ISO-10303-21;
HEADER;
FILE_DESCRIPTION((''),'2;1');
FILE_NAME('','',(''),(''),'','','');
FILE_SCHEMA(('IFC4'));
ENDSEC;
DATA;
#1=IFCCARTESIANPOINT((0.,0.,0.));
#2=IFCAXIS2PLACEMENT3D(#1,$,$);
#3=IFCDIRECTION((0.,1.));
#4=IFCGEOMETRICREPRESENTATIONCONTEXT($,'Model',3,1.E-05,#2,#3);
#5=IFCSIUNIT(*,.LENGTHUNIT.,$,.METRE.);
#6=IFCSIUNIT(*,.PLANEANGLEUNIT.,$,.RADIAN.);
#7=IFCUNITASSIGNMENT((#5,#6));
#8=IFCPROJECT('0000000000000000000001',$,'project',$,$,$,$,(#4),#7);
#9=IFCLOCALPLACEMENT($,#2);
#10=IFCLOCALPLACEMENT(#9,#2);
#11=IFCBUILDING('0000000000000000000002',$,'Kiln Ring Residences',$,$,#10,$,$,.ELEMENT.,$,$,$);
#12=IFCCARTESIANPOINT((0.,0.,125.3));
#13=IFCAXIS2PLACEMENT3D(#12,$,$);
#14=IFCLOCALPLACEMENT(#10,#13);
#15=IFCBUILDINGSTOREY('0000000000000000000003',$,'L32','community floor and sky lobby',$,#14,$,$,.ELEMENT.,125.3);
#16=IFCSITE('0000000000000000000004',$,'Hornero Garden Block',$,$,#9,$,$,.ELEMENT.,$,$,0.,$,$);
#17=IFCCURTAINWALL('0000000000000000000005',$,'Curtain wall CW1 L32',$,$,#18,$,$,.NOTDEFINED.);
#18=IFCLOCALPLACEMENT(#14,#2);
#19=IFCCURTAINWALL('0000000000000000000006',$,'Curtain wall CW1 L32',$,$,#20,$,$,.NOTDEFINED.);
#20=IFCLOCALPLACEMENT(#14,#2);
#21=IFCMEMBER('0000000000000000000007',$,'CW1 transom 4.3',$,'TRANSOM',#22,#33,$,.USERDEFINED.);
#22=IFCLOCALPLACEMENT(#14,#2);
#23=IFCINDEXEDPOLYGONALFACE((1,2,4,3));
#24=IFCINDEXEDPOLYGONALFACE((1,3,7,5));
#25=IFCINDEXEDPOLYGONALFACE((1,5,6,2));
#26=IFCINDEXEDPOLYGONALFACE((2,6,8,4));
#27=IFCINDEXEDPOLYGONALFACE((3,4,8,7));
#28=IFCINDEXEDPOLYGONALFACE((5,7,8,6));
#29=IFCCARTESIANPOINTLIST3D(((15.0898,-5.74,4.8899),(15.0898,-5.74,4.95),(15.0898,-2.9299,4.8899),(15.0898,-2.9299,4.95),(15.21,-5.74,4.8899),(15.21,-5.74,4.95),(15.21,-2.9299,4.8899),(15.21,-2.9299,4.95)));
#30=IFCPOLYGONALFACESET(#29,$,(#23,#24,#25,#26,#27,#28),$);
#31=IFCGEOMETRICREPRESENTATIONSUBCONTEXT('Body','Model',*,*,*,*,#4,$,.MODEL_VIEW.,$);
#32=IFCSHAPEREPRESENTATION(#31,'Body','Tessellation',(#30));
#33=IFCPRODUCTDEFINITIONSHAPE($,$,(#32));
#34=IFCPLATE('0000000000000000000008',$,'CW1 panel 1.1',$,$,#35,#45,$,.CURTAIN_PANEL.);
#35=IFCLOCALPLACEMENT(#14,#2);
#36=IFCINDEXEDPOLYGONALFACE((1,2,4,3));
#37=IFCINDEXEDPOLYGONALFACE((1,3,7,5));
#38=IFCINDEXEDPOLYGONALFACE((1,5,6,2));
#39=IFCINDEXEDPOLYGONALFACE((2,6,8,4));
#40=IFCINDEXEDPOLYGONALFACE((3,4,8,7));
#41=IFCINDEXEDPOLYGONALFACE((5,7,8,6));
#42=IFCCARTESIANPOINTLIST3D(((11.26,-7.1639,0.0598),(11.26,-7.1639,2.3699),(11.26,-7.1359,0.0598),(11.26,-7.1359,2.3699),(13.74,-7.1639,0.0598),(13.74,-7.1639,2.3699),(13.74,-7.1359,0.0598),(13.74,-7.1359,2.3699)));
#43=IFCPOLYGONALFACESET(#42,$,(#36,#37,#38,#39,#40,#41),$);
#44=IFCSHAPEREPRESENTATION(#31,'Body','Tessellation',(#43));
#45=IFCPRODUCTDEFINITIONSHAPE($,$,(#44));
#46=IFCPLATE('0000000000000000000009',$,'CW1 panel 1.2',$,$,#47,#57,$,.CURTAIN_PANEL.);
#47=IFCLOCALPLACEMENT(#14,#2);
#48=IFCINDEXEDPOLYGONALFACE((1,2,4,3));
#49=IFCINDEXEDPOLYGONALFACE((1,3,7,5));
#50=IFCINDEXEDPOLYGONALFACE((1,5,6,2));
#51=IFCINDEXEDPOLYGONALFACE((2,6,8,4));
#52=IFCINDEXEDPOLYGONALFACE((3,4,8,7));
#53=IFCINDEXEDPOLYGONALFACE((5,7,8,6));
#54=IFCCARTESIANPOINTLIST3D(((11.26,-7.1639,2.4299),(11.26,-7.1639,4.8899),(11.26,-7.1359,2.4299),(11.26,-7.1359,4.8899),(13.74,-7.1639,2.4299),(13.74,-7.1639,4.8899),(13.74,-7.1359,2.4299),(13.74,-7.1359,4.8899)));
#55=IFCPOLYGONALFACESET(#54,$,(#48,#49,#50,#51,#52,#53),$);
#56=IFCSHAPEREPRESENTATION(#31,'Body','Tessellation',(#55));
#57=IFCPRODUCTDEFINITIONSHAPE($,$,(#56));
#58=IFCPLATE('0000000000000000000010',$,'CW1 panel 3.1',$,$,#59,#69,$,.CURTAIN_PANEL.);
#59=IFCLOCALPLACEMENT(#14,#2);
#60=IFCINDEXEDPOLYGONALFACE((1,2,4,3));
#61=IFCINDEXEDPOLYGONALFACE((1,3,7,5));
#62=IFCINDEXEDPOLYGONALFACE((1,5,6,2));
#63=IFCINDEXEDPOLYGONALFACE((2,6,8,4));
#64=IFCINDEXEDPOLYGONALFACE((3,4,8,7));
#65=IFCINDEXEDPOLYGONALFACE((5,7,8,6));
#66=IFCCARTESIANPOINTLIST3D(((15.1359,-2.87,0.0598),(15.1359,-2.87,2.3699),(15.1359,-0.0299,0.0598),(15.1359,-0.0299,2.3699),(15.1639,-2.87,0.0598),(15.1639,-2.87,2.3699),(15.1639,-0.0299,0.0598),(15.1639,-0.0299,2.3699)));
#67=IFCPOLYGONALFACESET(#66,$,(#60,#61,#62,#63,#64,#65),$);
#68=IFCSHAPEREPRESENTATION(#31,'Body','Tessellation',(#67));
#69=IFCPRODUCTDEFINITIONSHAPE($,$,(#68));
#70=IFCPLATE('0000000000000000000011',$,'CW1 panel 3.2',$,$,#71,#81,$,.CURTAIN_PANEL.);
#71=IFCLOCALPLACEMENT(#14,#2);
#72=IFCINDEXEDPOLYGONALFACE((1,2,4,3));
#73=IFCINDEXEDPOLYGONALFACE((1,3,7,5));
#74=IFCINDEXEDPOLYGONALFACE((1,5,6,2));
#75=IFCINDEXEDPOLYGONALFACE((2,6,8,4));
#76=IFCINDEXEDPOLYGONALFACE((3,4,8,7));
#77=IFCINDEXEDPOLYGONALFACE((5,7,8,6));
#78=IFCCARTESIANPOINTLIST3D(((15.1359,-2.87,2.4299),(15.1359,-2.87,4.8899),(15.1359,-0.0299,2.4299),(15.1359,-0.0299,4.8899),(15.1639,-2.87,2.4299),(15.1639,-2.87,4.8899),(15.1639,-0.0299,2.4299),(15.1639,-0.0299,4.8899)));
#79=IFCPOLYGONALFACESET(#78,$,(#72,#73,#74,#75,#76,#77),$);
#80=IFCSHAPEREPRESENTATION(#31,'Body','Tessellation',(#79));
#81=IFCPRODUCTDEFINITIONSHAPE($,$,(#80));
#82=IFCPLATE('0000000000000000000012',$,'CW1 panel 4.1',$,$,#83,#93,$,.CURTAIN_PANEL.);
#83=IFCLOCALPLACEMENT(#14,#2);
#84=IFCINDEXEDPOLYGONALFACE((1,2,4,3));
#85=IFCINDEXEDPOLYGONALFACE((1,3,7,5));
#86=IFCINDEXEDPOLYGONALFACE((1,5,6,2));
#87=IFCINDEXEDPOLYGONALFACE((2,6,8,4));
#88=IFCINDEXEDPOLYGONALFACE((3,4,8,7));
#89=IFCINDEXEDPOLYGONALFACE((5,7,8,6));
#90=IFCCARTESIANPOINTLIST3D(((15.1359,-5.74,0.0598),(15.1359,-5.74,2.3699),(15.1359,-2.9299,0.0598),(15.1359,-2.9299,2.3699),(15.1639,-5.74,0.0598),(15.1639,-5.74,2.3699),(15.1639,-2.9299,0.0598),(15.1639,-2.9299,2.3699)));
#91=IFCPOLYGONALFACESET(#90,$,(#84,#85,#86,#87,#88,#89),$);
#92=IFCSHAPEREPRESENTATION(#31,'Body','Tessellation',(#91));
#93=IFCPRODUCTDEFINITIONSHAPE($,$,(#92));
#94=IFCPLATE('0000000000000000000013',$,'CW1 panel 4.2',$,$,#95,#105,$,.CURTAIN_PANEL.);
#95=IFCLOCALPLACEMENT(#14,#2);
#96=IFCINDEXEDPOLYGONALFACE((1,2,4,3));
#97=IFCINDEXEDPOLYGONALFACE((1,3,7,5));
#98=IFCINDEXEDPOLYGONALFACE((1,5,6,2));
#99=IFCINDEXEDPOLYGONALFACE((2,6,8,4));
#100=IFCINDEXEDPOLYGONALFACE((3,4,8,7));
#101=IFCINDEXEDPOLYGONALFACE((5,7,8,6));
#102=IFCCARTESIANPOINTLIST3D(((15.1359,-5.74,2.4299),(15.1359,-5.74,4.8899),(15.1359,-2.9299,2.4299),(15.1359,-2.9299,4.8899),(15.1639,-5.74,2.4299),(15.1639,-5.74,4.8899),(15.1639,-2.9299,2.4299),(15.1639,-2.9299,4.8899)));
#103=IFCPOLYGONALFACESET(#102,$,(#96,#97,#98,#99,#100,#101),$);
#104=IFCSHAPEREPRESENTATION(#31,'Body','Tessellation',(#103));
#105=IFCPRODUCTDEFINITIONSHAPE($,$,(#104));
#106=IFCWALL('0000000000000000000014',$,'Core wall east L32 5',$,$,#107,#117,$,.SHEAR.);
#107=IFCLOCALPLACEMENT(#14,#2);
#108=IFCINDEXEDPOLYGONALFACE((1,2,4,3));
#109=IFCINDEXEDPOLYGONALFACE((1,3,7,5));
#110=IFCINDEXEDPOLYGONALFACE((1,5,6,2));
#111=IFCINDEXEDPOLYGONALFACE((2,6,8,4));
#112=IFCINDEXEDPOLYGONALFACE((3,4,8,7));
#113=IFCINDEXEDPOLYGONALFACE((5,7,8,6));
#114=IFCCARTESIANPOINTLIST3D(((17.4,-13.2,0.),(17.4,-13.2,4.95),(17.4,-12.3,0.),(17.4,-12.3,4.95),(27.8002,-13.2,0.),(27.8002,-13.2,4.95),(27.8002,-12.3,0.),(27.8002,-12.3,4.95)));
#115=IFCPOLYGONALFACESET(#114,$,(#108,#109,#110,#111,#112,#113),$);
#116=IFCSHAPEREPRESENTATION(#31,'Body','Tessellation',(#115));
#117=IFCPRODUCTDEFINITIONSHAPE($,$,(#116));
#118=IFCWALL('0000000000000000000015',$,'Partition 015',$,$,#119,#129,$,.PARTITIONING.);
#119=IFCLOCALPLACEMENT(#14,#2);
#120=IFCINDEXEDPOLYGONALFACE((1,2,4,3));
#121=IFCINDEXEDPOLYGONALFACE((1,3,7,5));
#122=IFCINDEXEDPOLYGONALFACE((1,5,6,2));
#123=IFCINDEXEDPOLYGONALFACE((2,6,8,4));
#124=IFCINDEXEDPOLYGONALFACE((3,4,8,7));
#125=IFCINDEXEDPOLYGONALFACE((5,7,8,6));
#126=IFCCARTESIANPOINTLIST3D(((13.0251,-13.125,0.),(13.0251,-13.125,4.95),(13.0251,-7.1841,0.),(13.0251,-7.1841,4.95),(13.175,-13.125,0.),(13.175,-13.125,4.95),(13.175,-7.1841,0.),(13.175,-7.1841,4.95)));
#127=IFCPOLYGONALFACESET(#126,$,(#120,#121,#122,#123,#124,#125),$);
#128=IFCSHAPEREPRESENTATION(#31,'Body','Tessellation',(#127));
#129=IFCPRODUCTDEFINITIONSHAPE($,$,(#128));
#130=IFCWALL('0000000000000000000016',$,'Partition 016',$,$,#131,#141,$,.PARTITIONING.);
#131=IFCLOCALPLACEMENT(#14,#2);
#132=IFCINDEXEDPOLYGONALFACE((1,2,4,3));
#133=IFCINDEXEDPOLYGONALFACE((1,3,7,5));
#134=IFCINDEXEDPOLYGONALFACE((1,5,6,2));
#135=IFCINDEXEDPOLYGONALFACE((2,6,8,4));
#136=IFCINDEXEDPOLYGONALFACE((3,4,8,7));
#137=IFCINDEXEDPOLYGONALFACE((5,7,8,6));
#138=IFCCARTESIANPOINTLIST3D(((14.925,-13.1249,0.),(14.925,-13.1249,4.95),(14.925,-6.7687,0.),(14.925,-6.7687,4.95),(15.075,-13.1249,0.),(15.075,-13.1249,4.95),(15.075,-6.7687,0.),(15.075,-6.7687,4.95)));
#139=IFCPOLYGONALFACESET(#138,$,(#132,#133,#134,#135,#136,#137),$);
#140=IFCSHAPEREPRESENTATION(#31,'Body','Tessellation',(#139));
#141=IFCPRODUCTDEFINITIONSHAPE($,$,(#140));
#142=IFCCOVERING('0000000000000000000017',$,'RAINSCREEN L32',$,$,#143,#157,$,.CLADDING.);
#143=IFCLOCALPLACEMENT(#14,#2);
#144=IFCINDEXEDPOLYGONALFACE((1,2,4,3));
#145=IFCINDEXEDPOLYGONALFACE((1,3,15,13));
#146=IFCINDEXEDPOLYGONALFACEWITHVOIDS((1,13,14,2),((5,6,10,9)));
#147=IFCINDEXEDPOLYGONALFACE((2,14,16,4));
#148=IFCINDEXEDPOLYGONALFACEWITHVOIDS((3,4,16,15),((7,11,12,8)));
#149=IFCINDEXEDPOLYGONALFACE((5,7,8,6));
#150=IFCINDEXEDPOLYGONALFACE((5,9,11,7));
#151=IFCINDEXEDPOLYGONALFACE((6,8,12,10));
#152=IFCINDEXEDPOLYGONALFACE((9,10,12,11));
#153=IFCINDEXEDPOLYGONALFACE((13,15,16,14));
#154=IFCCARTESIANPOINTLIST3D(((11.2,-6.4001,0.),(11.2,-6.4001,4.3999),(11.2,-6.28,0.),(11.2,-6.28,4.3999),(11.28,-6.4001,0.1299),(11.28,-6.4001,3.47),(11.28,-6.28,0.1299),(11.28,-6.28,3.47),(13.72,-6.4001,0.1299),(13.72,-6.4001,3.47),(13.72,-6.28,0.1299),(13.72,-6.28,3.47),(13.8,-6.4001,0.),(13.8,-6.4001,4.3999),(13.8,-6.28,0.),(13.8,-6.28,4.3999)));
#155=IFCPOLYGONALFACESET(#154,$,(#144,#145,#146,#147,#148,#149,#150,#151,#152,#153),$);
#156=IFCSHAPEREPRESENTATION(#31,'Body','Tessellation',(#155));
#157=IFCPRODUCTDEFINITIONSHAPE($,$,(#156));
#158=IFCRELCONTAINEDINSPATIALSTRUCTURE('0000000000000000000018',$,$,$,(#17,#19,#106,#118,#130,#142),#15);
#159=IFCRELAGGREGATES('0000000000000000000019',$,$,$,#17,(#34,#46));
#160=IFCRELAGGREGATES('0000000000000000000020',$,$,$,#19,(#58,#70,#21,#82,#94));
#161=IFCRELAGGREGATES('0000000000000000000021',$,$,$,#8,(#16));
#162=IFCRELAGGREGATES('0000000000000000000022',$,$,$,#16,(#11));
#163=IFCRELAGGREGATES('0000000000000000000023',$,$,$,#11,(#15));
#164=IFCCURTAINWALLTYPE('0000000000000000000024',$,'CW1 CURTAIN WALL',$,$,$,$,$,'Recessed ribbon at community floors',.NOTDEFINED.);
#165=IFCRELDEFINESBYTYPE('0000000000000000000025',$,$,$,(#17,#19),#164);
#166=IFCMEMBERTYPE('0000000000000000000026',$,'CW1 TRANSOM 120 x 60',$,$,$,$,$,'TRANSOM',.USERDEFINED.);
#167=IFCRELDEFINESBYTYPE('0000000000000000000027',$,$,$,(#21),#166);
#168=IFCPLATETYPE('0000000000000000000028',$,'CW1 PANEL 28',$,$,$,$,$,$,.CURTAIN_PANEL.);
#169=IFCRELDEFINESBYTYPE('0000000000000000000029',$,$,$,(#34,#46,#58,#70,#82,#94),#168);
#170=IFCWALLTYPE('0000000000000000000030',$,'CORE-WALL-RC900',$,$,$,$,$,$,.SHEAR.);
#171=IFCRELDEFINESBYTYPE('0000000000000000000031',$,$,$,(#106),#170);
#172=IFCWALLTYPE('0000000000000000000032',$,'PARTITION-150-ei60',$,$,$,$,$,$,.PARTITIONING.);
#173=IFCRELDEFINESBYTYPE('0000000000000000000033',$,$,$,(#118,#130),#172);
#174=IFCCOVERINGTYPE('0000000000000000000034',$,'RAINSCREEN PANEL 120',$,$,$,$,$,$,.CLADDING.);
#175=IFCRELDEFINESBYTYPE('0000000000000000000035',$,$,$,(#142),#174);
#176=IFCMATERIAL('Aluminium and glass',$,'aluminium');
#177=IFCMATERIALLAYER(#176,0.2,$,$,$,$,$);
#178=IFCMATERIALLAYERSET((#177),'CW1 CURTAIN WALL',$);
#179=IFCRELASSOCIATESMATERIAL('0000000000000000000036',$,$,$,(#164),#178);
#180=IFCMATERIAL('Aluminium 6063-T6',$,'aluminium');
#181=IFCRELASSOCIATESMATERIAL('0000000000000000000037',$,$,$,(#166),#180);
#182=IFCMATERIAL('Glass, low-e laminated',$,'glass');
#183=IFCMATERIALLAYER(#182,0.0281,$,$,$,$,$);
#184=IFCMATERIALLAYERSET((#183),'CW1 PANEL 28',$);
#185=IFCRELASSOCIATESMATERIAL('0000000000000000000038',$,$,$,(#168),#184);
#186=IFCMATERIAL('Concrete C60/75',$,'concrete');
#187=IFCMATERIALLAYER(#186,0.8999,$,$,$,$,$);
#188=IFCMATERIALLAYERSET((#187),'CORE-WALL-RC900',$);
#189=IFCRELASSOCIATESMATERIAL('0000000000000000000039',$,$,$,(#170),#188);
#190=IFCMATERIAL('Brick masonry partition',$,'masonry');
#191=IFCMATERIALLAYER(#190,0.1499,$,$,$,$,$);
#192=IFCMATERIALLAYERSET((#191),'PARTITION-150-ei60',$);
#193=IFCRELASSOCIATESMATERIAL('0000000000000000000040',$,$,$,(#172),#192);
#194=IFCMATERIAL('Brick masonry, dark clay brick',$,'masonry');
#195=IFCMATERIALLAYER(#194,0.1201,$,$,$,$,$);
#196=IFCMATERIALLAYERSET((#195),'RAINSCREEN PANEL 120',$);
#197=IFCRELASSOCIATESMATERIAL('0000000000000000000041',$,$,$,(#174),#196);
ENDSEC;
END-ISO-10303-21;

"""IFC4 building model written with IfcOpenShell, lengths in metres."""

from ifc_helpers import new_model, si_unit, direction, frame, frame_2d, origin, origin_2d, place, context, subcontext, project, spatial, polyline, rectangle, outline, extrude, material, layer, layer_set, material_profile, profile_set, type_object, element, aggregate, save


model = new_model("IFC4")

# Units and contexts
model_context = context("Model", 3, precision=1e-05, world=origin(), true_north=direction((0.0, 1.0)))
body_context = subcontext(model_context, "Body", "Model", "MODEL_VIEW")
ifc_project = project(units=[si_unit("LENGTHUNIT", "METRE"), si_unit("PLANEANGLEUNIT", "RADIAN")], contexts=[model_context])

# Site, building, storey
site_placement = place(None, origin())
site = spatial("IfcSite", under=ifc_project, at=site_placement, Name="Hornero Garden Block", CompositionType="ELEMENT", RefElevation=0.0)
building_placement = place(site_placement, origin())
building = spatial("IfcBuilding", under=site, at=building_placement, Name="Kiln Ring Residences", CompositionType="ELEMENT")
storey_placement = place(building_placement, frame((0.0, 0.0, 125.3)))
storey = spatial("IfcBuildingStorey", under=building, at=storey_placement, Name="L32", Description="community floor and sky lobby", CompositionType="ELEMENT", Elevation=125.3)

# Curtain wall
ifc_material_1 = material(Name="Aluminium and glass", Category="aluminium")
ifc_layer_1 = layer(ifc_material_1, 0.2)
ifc_layer_set_1 = layer_set([ifc_layer_1], Name="CW1 CURTAIN WALL")
curtain_wall_type = type_object("IfcCurtainWallType", Name="CW1 CURTAIN WALL", ElementType="Recessed ribbon at community floors", PredefinedType="NOTDEFINED", material=ifc_layer_set_1)
placement = place(storey_placement, origin())
curtain_wall_1 = element("IfcCurtainWall", 1, at=placement, inside=storey, type_object=curtain_wall_type, Name="Curtain wall CW1 L32", PredefinedType="NOTDEFINED")

# Curtain wall
curtain_wall_2 = element("IfcCurtainWall", 2, at=placement, inside=storey, type_object=curtain_wall_type, Name="Curtain wall CW1 L32", PredefinedType="NOTDEFINED")

# Member
ifc_material_2 = material(Name="Aluminium 6063-T6", Category="aluminium")
ifc_material_profile_1 = material_profile(ifc_material_2, rectangle(XDim=0.1201, YDim=0.0601, at=origin_2d()), Name="AL 120x60")
ifc_profile_set_1 = profile_set([ifc_material_profile_1], Name="Aluminium 6063-T6")
member_type_1 = type_object("IfcMemberType", Name="CW1 TRANSOM 120 x 60", ElementType="TRANSOM", PredefinedType="USERDEFINED", material=ifc_profile_set_1)
member_1_placement = place(storey_placement, frame((15.1499, -2.9299, 4.9199), z_axis=(0.0, -1.0, 0.0), x_axis=(1.0, 0.0, 0.0)))
member_1 = element("IfcMember", 3, at=member_1_placement, type_object=member_type_1, Name="CW1 transom 4.3", ObjectType="TRANSOM", PredefinedType="USERDEFINED", context=body_context, shape_type="SweptSolid", body=[
    extrude(rectangle(XDim=0.1201, YDim=0.0601, at=origin_2d()), origin(), (0.0, 0.0, 1.0), 2.8101),
])

# Plates
ifc_material_3 = material(Name="Glass, low-e laminated", Category="glass")
ifc_layer_2 = layer(ifc_material_3, 0.0281)
ifc_layer_set_2 = layer_set([ifc_layer_2], Name="CW1 PANEL 28")
plate_type = type_object("IfcPlateType", Name="CW1 PANEL 28", PredefinedType="CURTAIN_PANEL", material=ifc_layer_set_2)
plate_1_placement = place(storey_placement, frame((12.5, -7.1499, 0.0598), z_axis=(0.0, 0.0, 1.0), x_axis=(-1.0, 0.0, 0.0)))
plate_1 = element("IfcPlate", 4, at=plate_1_placement, type_object=plate_type, Name="CW1 panel 1.1", PredefinedType="CURTAIN_PANEL", context=body_context, shape_type="SweptSolid", body=[
    extrude(rectangle(XDim=2.48, YDim=0.0281, at=origin_2d()), origin(), (0.0, 0.0, 1.0), 2.3101),
])
plate_2_placement = place(storey_placement, frame((12.5, -7.1499, 2.4299), z_axis=(0.0, 0.0, 1.0), x_axis=(-1.0, 0.0, 0.0)))
plate_2 = element("IfcPlate", 5, at=plate_2_placement, type_object=plate_type, Name="CW1 panel 1.2", PredefinedType="CURTAIN_PANEL", context=body_context, shape_type="SweptSolid", body=[
    extrude(rectangle(XDim=2.48, YDim=0.0281, at=origin_2d()), origin(), (0.0, 0.0, 1.0), 2.46),
])
aggregate(curtain_wall_1, [plate_1, plate_2])
plate_3_placement = place(storey_placement, frame((15.1499, -1.45, 0.0598), z_axis=(0.0, 0.0, 1.0), x_axis=(0.0, -1.0, 0.0)))
plate_3 = element("IfcPlate", 6, at=plate_3_placement, type_object=plate_type, Name="CW1 panel 3.1", PredefinedType="CURTAIN_PANEL", context=body_context, shape_type="SweptSolid", body=[
    extrude(rectangle(XDim=2.8401, YDim=0.0281, at=origin_2d()), origin(), (0.0, 0.0, 1.0), 2.3101),
])
plate_4_placement = place(storey_placement, frame((15.1499, -1.45, 2.4299), z_axis=(0.0, 0.0, 1.0), x_axis=(0.0, -1.0, 0.0)))
plate_4 = element("IfcPlate", 7, at=plate_4_placement, type_object=plate_type, Name="CW1 panel 3.2", PredefinedType="CURTAIN_PANEL", context=body_context, shape_type="SweptSolid", body=[
    extrude(rectangle(XDim=2.8401, YDim=0.0281, at=origin_2d()), origin(), (0.0, 0.0, 1.0), 2.46),
])
plate_5_placement = place(storey_placement, frame((15.1499, -4.335, 0.0598), z_axis=(0.0, 0.0, 1.0), x_axis=(0.0, -1.0, 0.0)))
plate_5 = element("IfcPlate", 8, at=plate_5_placement, type_object=plate_type, Name="CW1 panel 4.1", PredefinedType="CURTAIN_PANEL", context=body_context, shape_type="SweptSolid", body=[
    extrude(rectangle(XDim=2.8101, YDim=0.0281, at=origin_2d()), origin(), (0.0, 0.0, 1.0), 2.3101),
])
plate_6_placement = place(storey_placement, frame((15.1499, -4.335, 2.4299), z_axis=(0.0, 0.0, 1.0), x_axis=(0.0, -1.0, 0.0)))
plate_6 = element("IfcPlate", 9, at=plate_6_placement, type_object=plate_type, Name="CW1 panel 4.2", PredefinedType="CURTAIN_PANEL", context=body_context, shape_type="SweptSolid", body=[
    extrude(rectangle(XDim=2.8101, YDim=0.0281, at=origin_2d()), origin(), (0.0, 0.0, 1.0), 2.46),
])
aggregate(curtain_wall_2, [plate_3, plate_4, member_1, plate_5, plate_6])

# Walls
ifc_material_4 = material(Name="Concrete C60/75", Category="concrete")
ifc_layer_3 = layer(ifc_material_4, 0.8999)
ifc_layer_set_3 = layer_set([ifc_layer_3], Name="CORE-WALL-RC900")
wall_type_1 = type_object("IfcWallType", Name="CORE-WALL-RC900", PredefinedType="SHEAR", material=ifc_layer_set_3)
wall_1_placement = place(storey_placement, frame((17.3999, -12.75, 0.0), z_axis=(0.0, 0.0, 1.0), x_axis=(1.0, 0.0, 0.0)))
element("IfcWall", 10, at=wall_1_placement, inside=storey, type_object=wall_type_1, Name="Core wall east L32 5", PredefinedType="SHEAR", context=body_context, shape_type="SweptSolid", body=[
    extrude(rectangle(XDim=10.4001, YDim=0.8999, at=frame_2d((5.2002, 0.0))), origin(), (0.0, 0.0, 1.0), 4.95),
])
ifc_material_5 = material(Name="Brick masonry partition", Category="masonry")
ifc_layer_4 = layer(ifc_material_5, 0.1499)
ifc_layer_set_4 = layer_set([ifc_layer_4], Name="PARTITION-150-ei60")
wall_type_2 = type_object("IfcWallType", Name="PARTITION-150-ei60", PredefinedType="PARTITIONING", material=ifc_layer_set_4)
wall_2_placement = place(storey_placement, frame((13.1001, -13.125, 0.0), z_axis=(0.0, 0.0, 1.0), x_axis=(0.0, 1.0, 0.0)))
element("IfcWall", 11, at=wall_2_placement, inside=storey, type_object=wall_type_2, Name="Partition 015", PredefinedType="PARTITIONING", context=body_context, shape_type="SweptSolid", body=[
    extrude(rectangle(XDim=5.9409, YDim=0.1499, at=frame_2d((2.9705, 0.0))), origin(), (0.0, 0.0, 1.0), 4.95),
])
wall_3_placement = place(storey_placement, frame((15.0, -13.125, 0.0), z_axis=(0.0, 0.0, 1.0), x_axis=(0.0, 1.0, 0.0)))
element("IfcWall", 12, at=wall_3_placement, inside=storey, type_object=wall_type_2, Name="Partition 016", PredefinedType="PARTITIONING", context=body_context, shape_type="SweptSolid", body=[
    extrude(rectangle(XDim=6.3562, YDim=0.1499, at=frame_2d((3.1782, 0.0))), origin(), (0.0, 0.0, 1.0), 4.95),
])

# Covering
ifc_material_6 = material(Name="Brick masonry, dark clay brick", Category="masonry")
ifc_layer_5 = layer(ifc_material_6, 0.1201)
ifc_layer_set_5 = layer_set([ifc_layer_5], Name="RAINSCREEN PANEL 120")
covering_type = type_object("IfcCoveringType", Name="RAINSCREEN PANEL 120", PredefinedType="CLADDING", material=ifc_layer_set_5)
covering_placement = place(storey_placement, frame((13.8, -6.3401, 0.0), z_axis=(0.0, 0.0, 1.0), x_axis=(-1.0, 0.0, 0.0)))
element("IfcCovering", 13, at=covering_placement, inside=storey, type_object=covering_type, Name="RAINSCREEN L32", PredefinedType="CLADDING", context=body_context, shape_type="SweptSolid", body=[
    extrude(outline(polyline([(0.0, 0.0), (2.6001, 0.0), (2.6001, 4.3999), (0.0, 4.3999), (0.0, 0.0)]), holes=[polyline([(0.0801, 3.47), (0.0801, 0.1299), (2.52, 0.1299), (2.52, 3.47), (0.0801, 3.47)])]), frame((0.0, 0.0601, 0.0), z_axis=(0.0, -1.0, 0.0), x_axis=(1.0, 0.0, 0.0)), (0.0, 0.0, 1.0), 0.1201),
])

save(model, "model.ifc")
